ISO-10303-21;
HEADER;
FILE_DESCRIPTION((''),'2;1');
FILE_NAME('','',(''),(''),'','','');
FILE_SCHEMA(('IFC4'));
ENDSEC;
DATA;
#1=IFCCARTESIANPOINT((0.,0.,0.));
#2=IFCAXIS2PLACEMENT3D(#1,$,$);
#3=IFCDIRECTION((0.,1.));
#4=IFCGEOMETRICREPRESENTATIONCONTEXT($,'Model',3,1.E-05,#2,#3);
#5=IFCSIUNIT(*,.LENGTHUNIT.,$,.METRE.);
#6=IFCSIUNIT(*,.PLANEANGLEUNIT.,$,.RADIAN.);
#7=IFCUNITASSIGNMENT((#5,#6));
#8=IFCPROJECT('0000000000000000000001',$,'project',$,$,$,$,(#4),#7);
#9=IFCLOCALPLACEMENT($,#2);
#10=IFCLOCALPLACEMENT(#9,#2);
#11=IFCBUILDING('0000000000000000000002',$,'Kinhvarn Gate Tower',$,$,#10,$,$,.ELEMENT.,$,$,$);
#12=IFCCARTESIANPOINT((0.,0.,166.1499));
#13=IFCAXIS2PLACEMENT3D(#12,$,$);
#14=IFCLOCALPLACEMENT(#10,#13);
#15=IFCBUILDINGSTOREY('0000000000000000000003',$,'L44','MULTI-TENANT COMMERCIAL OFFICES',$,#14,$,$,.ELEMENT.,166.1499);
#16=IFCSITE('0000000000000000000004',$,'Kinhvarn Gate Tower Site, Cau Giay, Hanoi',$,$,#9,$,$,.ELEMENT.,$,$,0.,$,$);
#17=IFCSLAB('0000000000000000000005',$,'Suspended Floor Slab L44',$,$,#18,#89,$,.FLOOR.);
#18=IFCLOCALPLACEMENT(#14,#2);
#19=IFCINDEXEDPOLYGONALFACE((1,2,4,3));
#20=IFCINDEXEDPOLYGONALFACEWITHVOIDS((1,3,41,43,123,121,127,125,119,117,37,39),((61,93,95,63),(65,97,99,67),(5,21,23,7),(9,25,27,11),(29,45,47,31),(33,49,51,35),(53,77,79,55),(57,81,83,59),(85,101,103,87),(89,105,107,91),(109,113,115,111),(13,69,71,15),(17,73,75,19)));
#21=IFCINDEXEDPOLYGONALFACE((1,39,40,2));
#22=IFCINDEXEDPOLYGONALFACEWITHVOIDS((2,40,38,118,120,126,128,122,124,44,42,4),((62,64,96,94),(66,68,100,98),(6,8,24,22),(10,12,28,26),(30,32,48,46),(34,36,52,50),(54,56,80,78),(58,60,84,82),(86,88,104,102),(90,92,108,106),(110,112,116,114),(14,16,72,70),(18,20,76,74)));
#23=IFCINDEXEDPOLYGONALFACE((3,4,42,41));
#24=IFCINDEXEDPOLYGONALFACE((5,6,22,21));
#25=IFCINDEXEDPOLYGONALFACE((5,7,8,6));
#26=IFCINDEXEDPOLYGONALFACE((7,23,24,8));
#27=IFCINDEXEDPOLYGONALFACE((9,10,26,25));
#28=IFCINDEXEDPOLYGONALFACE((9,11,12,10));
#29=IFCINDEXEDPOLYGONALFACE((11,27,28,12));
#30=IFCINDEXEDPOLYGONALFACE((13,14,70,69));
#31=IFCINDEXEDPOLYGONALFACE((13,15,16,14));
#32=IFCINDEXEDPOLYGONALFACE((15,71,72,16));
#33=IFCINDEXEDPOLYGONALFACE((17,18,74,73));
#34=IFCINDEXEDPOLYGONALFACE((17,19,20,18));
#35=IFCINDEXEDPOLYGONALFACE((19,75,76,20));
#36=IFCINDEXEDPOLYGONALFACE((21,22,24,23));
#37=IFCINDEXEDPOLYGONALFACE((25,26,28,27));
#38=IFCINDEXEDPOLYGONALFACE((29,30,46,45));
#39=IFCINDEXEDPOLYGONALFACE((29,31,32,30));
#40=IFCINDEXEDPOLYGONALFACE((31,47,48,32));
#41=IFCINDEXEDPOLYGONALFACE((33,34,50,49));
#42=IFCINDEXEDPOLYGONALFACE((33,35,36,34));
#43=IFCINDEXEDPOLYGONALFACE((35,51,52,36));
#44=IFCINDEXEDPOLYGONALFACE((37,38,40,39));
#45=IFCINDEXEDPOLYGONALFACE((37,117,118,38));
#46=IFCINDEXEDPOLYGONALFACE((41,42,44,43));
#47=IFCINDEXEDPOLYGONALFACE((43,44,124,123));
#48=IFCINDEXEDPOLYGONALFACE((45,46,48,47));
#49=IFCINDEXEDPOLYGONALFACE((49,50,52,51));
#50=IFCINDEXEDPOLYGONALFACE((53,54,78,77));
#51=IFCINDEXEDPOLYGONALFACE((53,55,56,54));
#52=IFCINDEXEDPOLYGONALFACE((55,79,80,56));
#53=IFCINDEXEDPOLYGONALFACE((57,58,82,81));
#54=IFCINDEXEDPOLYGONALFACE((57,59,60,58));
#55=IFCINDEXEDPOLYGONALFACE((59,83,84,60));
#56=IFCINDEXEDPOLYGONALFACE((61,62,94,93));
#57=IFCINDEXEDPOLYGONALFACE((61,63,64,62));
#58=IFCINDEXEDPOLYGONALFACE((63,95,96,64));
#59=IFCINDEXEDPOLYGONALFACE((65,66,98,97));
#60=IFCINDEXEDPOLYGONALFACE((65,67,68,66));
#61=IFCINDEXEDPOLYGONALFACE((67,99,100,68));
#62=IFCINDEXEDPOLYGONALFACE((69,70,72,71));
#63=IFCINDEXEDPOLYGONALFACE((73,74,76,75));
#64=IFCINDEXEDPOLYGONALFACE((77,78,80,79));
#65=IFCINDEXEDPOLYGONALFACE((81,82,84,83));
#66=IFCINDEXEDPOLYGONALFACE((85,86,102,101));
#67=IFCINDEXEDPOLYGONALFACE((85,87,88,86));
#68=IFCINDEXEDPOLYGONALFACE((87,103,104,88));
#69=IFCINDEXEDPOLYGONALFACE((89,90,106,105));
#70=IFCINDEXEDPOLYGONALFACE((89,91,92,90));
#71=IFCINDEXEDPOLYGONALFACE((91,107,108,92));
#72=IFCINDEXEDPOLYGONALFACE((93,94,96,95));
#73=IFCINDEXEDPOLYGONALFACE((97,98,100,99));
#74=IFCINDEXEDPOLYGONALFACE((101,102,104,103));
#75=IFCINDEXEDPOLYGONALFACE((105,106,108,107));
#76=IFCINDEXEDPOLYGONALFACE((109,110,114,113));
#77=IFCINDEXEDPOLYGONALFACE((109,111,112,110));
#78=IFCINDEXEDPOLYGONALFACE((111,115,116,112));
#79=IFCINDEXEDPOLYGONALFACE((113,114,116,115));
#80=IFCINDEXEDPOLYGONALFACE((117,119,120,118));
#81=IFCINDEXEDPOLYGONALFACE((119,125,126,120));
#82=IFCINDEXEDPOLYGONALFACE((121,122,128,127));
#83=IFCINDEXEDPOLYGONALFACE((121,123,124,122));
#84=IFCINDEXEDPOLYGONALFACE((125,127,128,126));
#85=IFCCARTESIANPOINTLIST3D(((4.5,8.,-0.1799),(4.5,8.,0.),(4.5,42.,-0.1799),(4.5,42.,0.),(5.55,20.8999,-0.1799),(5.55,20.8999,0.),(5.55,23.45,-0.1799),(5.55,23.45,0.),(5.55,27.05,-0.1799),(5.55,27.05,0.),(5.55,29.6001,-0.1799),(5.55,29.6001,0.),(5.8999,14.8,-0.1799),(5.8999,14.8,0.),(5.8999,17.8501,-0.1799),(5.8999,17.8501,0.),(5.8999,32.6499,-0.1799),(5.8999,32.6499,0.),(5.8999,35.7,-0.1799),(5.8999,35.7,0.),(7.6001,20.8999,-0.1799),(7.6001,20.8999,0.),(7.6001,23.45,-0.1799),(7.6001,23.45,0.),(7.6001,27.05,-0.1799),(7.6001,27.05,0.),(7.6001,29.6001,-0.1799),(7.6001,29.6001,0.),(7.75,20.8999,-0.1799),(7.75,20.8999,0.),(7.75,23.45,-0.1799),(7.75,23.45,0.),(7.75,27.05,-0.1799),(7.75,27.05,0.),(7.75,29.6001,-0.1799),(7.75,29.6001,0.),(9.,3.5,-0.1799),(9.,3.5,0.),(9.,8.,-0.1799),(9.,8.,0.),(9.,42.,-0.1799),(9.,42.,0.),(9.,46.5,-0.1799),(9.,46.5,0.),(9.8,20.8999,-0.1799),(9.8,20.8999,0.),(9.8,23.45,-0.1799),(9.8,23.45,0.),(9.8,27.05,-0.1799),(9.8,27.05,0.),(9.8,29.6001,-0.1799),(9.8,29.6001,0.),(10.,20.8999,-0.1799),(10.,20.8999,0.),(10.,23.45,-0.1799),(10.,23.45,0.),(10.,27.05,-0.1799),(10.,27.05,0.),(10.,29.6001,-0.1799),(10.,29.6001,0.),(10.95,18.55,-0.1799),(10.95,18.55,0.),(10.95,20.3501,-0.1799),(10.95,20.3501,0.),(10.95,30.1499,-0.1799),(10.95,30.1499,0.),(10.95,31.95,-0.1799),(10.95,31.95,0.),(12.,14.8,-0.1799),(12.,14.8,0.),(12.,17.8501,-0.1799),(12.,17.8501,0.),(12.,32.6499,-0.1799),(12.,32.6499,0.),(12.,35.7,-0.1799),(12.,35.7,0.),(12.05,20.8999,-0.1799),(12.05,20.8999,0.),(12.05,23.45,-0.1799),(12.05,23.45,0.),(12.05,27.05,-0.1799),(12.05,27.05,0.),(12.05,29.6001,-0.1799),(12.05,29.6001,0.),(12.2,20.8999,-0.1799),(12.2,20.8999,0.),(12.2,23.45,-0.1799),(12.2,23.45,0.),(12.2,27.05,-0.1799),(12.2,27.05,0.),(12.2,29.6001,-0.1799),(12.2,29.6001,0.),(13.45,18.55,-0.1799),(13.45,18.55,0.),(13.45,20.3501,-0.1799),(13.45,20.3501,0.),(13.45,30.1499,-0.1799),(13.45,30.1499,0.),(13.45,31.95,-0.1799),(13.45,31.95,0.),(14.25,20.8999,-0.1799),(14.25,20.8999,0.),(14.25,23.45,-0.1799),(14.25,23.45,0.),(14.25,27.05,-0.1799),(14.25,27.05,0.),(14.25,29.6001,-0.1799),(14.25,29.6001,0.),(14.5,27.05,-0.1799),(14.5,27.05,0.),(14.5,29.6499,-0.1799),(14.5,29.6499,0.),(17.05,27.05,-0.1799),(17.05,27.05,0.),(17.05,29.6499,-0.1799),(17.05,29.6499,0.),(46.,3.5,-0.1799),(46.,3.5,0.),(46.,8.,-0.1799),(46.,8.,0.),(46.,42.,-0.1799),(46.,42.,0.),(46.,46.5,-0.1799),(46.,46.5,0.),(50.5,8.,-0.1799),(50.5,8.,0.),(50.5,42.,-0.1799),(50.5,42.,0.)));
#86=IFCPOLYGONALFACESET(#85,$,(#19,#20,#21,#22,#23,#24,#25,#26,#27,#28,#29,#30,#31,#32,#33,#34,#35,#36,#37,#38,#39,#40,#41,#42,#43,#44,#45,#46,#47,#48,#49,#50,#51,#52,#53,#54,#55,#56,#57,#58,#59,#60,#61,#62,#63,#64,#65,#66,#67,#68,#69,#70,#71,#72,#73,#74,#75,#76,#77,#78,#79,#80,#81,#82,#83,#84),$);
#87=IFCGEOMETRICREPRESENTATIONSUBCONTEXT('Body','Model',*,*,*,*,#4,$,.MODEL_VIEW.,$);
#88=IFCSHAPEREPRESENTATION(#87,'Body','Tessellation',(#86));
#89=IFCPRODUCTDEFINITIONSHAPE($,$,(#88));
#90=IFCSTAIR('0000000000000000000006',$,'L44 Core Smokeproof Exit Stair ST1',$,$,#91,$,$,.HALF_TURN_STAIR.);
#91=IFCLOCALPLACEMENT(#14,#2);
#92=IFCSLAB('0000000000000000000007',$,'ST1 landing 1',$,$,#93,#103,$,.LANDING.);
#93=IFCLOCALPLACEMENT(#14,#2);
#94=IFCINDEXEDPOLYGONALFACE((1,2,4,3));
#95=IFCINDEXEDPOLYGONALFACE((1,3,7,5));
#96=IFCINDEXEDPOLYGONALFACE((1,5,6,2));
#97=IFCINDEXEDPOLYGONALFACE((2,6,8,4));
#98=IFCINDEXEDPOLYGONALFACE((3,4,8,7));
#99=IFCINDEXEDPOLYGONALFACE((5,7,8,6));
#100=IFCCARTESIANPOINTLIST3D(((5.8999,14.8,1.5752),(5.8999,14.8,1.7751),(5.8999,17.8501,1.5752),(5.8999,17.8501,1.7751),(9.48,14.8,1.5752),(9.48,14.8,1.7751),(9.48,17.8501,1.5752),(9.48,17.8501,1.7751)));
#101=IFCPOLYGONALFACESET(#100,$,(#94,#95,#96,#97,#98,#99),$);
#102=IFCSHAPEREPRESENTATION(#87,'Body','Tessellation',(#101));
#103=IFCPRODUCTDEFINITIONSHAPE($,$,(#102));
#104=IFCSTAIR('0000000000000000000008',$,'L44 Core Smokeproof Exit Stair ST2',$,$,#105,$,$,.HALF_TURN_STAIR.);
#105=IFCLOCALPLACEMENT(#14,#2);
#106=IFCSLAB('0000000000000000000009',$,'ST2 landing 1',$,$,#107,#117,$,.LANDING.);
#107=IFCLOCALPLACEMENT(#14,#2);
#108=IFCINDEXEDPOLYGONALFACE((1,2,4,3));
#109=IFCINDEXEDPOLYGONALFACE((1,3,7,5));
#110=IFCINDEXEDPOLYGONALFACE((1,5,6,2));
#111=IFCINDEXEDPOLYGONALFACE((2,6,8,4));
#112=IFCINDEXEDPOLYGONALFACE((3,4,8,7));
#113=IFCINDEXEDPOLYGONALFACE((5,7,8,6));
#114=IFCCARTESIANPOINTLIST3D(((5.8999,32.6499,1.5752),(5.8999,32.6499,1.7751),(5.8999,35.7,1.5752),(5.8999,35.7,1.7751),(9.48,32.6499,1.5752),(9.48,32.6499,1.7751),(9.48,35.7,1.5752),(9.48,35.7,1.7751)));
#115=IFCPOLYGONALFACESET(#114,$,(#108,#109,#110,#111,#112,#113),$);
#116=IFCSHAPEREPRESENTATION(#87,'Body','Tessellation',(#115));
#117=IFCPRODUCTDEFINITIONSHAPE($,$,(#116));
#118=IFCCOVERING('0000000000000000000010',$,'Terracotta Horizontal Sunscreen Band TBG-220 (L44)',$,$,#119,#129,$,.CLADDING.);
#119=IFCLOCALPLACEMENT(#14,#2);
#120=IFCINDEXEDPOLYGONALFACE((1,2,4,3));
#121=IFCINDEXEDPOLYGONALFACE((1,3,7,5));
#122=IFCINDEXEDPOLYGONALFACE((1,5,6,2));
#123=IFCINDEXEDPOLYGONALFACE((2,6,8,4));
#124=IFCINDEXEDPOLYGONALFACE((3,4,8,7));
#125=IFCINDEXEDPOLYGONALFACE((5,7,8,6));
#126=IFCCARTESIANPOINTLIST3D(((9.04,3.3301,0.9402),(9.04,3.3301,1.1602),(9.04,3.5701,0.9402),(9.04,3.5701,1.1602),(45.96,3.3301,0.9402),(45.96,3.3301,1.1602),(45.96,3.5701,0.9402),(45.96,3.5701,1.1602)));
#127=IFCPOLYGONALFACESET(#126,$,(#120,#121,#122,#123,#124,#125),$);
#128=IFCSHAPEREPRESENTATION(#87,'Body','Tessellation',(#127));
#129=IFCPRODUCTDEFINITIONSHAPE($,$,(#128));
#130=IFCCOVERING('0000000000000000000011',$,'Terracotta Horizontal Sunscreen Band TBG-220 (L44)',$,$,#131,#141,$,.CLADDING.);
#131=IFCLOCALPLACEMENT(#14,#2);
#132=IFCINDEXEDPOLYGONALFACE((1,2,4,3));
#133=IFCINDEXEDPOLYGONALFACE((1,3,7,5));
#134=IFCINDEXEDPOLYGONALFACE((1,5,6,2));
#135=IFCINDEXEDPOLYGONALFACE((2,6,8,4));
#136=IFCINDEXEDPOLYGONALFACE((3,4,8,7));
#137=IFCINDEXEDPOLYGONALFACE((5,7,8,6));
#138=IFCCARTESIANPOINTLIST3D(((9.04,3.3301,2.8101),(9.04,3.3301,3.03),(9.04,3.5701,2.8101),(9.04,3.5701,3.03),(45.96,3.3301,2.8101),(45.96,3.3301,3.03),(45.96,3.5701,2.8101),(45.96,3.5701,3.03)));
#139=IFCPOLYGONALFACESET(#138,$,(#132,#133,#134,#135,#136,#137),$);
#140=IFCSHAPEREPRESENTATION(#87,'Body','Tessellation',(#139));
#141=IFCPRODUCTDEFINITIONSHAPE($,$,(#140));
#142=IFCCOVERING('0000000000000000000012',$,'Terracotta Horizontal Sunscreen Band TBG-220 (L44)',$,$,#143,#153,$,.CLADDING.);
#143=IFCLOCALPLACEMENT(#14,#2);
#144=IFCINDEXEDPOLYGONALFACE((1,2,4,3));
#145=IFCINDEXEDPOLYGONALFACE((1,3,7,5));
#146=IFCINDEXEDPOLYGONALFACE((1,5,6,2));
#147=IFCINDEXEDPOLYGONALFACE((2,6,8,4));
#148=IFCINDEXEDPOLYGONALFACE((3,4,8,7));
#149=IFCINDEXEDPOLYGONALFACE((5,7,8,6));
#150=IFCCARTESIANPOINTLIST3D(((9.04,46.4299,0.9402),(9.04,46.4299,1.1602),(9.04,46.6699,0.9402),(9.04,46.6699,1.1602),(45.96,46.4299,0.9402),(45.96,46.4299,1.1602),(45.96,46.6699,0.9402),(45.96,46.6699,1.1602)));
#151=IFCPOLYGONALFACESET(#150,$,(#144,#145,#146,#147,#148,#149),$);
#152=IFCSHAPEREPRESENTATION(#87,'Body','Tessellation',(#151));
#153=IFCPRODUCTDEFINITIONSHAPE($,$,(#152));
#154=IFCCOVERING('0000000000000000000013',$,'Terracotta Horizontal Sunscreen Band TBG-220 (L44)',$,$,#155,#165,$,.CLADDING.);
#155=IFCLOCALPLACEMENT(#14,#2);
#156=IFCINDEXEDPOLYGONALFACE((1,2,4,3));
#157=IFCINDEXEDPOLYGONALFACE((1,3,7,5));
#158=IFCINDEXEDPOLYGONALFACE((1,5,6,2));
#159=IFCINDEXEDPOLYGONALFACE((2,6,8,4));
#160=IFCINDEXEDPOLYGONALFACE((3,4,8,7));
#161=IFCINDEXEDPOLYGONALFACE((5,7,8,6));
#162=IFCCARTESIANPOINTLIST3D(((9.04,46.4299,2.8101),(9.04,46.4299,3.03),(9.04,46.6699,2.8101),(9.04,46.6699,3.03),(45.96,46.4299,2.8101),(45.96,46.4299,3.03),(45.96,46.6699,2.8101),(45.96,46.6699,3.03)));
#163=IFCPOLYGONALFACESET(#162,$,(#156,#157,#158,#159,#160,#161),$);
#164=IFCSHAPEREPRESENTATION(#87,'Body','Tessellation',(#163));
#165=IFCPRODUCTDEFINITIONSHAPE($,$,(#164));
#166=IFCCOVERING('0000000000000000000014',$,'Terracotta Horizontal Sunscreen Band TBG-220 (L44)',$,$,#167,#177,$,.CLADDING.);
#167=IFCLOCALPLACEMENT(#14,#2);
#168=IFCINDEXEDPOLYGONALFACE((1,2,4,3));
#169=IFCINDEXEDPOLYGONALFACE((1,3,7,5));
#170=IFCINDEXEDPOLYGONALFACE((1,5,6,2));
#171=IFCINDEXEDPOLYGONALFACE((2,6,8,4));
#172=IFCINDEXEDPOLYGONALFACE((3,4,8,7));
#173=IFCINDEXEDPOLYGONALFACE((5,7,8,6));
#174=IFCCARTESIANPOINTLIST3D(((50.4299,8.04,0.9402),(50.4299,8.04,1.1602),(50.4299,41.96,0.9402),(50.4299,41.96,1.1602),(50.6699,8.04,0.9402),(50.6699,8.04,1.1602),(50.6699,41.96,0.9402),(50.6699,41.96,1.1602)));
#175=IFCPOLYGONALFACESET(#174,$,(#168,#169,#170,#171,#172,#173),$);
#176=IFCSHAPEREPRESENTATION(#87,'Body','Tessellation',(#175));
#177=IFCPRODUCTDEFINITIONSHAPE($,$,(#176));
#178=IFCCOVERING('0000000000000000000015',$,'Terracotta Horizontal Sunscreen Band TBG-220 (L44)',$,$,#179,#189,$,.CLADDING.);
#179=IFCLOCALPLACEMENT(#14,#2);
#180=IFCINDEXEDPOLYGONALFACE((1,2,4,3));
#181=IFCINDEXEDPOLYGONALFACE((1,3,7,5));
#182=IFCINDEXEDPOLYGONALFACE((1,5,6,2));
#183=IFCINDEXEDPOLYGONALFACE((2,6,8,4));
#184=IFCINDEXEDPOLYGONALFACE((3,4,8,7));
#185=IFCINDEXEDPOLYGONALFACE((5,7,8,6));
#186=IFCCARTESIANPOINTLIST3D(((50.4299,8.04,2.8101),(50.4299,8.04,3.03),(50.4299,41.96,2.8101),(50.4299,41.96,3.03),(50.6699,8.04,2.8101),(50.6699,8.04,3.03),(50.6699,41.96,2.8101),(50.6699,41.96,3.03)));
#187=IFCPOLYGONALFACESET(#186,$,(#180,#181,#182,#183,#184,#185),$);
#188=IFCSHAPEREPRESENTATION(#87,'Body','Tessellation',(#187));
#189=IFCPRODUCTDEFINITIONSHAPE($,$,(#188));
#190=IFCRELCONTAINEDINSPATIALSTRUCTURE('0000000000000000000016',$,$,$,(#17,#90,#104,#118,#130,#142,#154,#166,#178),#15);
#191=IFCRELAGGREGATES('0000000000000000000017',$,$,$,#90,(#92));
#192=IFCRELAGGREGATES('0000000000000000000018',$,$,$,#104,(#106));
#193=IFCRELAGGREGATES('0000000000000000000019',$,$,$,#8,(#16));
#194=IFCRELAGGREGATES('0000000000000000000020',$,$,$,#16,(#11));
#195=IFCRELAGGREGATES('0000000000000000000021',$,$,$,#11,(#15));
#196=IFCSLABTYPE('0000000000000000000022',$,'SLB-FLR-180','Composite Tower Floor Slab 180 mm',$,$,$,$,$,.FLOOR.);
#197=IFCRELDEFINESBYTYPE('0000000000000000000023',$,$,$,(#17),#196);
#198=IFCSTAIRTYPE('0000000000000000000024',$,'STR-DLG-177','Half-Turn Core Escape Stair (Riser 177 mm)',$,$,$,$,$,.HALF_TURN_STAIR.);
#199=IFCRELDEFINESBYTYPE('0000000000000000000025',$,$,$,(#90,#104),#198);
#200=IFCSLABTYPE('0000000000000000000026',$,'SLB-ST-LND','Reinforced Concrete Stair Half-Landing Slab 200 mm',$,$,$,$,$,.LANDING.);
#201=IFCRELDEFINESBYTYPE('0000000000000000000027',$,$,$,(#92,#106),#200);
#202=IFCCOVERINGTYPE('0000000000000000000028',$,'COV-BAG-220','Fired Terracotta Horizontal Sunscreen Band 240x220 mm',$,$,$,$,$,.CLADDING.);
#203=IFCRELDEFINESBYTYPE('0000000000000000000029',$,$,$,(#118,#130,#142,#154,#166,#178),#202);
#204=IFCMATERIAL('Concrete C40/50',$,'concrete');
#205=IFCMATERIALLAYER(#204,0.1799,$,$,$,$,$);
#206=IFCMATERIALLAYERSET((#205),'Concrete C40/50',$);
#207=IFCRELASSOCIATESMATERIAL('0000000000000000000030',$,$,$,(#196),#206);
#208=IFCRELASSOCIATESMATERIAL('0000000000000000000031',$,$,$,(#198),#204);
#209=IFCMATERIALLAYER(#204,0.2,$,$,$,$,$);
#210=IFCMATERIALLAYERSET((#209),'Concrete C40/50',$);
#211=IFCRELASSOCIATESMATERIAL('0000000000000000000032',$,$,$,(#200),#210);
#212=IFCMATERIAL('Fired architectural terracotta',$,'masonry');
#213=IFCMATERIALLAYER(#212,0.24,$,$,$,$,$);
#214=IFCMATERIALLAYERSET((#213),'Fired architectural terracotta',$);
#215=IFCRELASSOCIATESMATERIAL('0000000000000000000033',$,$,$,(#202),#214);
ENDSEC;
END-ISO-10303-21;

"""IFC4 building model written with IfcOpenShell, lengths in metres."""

from ifc_helpers import new_model, si_unit, direction, frame, origin, place, context, subcontext, project, spatial, polyline, outline, extrude, material, layer, layer_set, type_object, element, aggregate, save


model = new_model("IFC4")

# Units and contexts
model_context = context("Model", 3, precision=1e-05, world=origin(), true_north=direction((0.0, 1.0)))
body_context = subcontext(model_context, "Body", "Model", "MODEL_VIEW")
ifc_project = project(units=[si_unit("LENGTHUNIT", "METRE"), si_unit("PLANEANGLEUNIT", "RADIAN")], contexts=[model_context])

# Site, building, storey
site_placement = place(None, origin())
site = spatial("IfcSite", under=ifc_project, at=site_placement, Name="Kinhvarn Gate Tower Site, Cau Giay, Hanoi", CompositionType="ELEMENT", RefElevation=0.0)
building_placement = place(site_placement, origin())
building = spatial("IfcBuilding", under=site, at=building_placement, Name="Kinhvarn Gate Tower", CompositionType="ELEMENT")
storey_placement = place(building_placement, frame((0.0, 0.0, 166.1499)))
storey = spatial("IfcBuildingStorey", under=building, at=storey_placement, Name="L44", Description="MULTI-TENANT COMMERCIAL OFFICES", CompositionType="ELEMENT", Elevation=166.1499)

# Slab
ifc_material_1 = material(Name="Concrete C40/50", Category="concrete")
ifc_layer_1 = layer(ifc_material_1, 0.1799)
ifc_layer_set_1 = layer_set([ifc_layer_1], Name="Concrete C40/50")
slab_type_1 = type_object("IfcSlabType", Name="SLB-FLR-180", Description="Composite Tower Floor Slab 180 mm", PredefinedType="FLOOR", material=ifc_layer_set_1)
slab_1_placement = place(storey_placement, frame((0.0, 0.0, -0.1799)))
element("IfcSlab", 1, at=slab_1_placement, inside=storey, type_object=slab_type_1, Name="Suspended Floor Slab L44", PredefinedType="FLOOR", context=body_context, shape_type="SweptSolid", body=[
    extrude(outline(polyline([(9.0, 3.5), (46.0, 3.5), (46.0, 8.0), (50.5, 8.0), (50.5, 42.0), (46.0, 42.0), (46.0, 46.5), (9.0, 46.5), (9.0, 42.0), (4.5, 42.0), (4.5, 8.0), (9.0, 8.0), (9.0, 3.5)]), holes=[polyline([(5.8999, 14.8), (12.0, 14.8), (12.0, 17.8501), (5.8999, 17.8501), (5.8999, 14.8)]), polyline([(5.8999, 32.6499), (12.0, 32.6499), (12.0, 35.7), (5.8999, 35.7), (5.8999, 32.6499)]), polyline([(5.55, 20.8999), (7.6001, 20.8999), (7.6001, 23.45), (5.55, 23.45), (5.55, 20.8999)]), polyline([(7.75, 20.8999), (9.8, 20.8999), (9.8, 23.45), (7.75, 23.45), (7.75, 20.8999)]), polyline([(5.55, 27.05), (7.6001, 27.05), (7.6001, 29.6001), (5.55, 29.6001), (5.55, 27.05)]), polyline([(7.75, 27.05), (9.8, 27.05), (9.8, 29.6001), (7.75, 29.6001), (7.75, 27.05)]), polyline([(10.0, 20.8999), (12.05, 20.8999), (12.05, 23.45), (10.0, 23.45), (10.0, 20.8999)]), polyline([(12.2, 20.8999), (14.25, 20.8999), (14.25, 23.45), (12.2, 23.45), (12.2, 20.8999)]), polyline([(10.0, 27.05), (12.05, 27.05), (12.05, 29.6001), (10.0, 29.6001), (10.0, 27.05)]), polyline([(12.2, 27.05), (14.25, 27.05), (14.25, 29.6001), (12.2, 29.6001), (12.2, 27.05)]), polyline([(14.5, 27.05), (17.05, 27.05), (17.05, 29.6499), (14.5, 29.6499), (14.5, 27.05)]), polyline([(10.95, 18.55), (13.45, 18.55), (13.45, 20.3501), (10.95, 20.3501), (10.95, 18.55)]), polyline([(10.95, 30.1499), (13.45, 30.1499), (13.45, 31.95), (10.95, 31.95), (10.95, 30.1499)])]), origin(), (0.0, 0.0, 1.0), 0.1799),
])

# Stairs, slabs
stair_type = type_object("IfcStairType", Name="STR-DLG-177", Description="Half-Turn Core Escape Stair (Riser 177 mm)", PredefinedType="HALF_TURN_STAIR", material=ifc_material_1)
stair_1_placement = place(storey_placement, origin())
stair_1 = element("IfcStair", 2, at=stair_1_placement, inside=storey, type_object=stair_type, Name="L44 Core Smokeproof Exit Stair ST1", PredefinedType="HALF_TURN_STAIR")
ifc_layer_2 = layer(ifc_material_1, 0.2)
ifc_layer_set_2 = layer_set([ifc_layer_2], Name="Concrete C40/50")
slab_type_2 = type_object("IfcSlabType", Name="SLB-ST-LND", Description="Reinforced Concrete Stair Half-Landing Slab 200 mm", PredefinedType="LANDING", material=ifc_layer_set_2)
slab_2_placement = place(storey_placement, frame((0.0, 0.0, 1.5752)))
slab_2 = element("IfcSlab", 3, at=slab_2_placement, type_object=slab_type_2, Name="ST1 landing 1", PredefinedType="LANDING", context=body_context, shape_type="SweptSolid", body=[
    extrude(outline(polyline([(9.48, 17.8501), (5.8999, 17.8501), (5.8999, 14.8), (9.48, 14.8), (9.48, 17.8501)])), origin(), (0.0, 0.0, 1.0), 0.2),
])
aggregate(stair_1, [slab_2])
stair_2_placement = place(storey_placement, origin())
stair_2 = element("IfcStair", 4, at=stair_2_placement, inside=storey, type_object=stair_type, Name="L44 Core Smokeproof Exit Stair ST2", PredefinedType="HALF_TURN_STAIR")
slab_3_placement = place(storey_placement, frame((0.0, 0.0, 1.5752)))
slab_3 = element("IfcSlab", 5, at=slab_3_placement, type_object=slab_type_2, Name="ST2 landing 1", PredefinedType="LANDING", context=body_context, shape_type="SweptSolid", body=[
    extrude(outline(polyline([(9.48, 35.7), (5.8999, 35.7), (5.8999, 32.6499), (9.48, 32.6499), (9.48, 35.7)])), origin(), (0.0, 0.0, 1.0), 0.2),
])
aggregate(stair_2, [slab_3])

# Coverings
ifc_material_2 = material(Name="Fired architectural terracotta", Category="masonry")
ifc_layer_3 = layer(ifc_material_2, 0.24)
ifc_layer_set_3 = layer_set([ifc_layer_3], Name="Fired architectural terracotta")
covering_type_1 = type_object("IfcCoveringType", Name="COV-BAG-220", Description="Fired Terracotta Horizontal Sunscreen Band 240x220 mm", PredefinedType="CLADDING", material=ifc_layer_set_3)
for number, where, name in (
    (6, (0.0, 0.0, 0.9402), "Terracotta Horizontal Sunscreen Band TBG-220 (L44)"),
    (7, (0.0, 0.0, 2.8101), "Terracotta Horizontal Sunscreen Band TBG-220 (L44)"),
):
    element("IfcCovering", number, at=place(storey_placement, frame(where)), inside=storey, type_object=covering_type_1, Name=name, PredefinedType="CLADDING", context=body_context, shape_type="SweptSolid", body=[
        extrude(outline(polyline([(9.04, 3.5701), (45.96, 3.5701), (45.96, 3.3301), (9.04, 3.3301), (9.04, 3.5701)])), origin(), (0.0, 0.0, 1.0), 0.22),
    ])
for number, where, name in (
    (8, (0.0, 0.0, 0.9402), "Terracotta Horizontal Sunscreen Band TBG-220 (L44)"),
    (9, (0.0, 0.0, 2.8101), "Terracotta Horizontal Sunscreen Band TBG-220 (L44)"),
):
    element("IfcCovering", number, at=place(storey_placement, frame(where)), inside=storey, type_object=covering_type_1, Name=name, PredefinedType="CLADDING", context=body_context, shape_type="SweptSolid", body=[
        extrude(outline(polyline([(45.96, 46.4299), (9.04, 46.4299), (9.04, 46.6699), (45.96, 46.6699), (45.96, 46.4299)])), origin(), (0.0, 0.0, 1.0), 0.22),
    ])
for number, where, name in (
    (10, (0.0, 0.0, 0.9402), "Terracotta Horizontal Sunscreen Band TBG-220 (L44)"),
    (11, (0.0, 0.0, 2.8101), "Terracotta Horizontal Sunscreen Band TBG-220 (L44)"),
):
    element("IfcCovering", number, at=place(storey_placement, frame(where)), inside=storey, type_object=covering_type_1, Name=name, PredefinedType="CLADDING", context=body_context, shape_type="SweptSolid", body=[
        extrude(outline(polyline([(50.4299, 8.04), (50.4299, 41.96), (50.6699, 41.96), (50.6699, 8.04), (50.4299, 8.04)])), origin(), (0.0, 0.0, 1.0), 0.22),
    ])

save(model, "model.ifc")
